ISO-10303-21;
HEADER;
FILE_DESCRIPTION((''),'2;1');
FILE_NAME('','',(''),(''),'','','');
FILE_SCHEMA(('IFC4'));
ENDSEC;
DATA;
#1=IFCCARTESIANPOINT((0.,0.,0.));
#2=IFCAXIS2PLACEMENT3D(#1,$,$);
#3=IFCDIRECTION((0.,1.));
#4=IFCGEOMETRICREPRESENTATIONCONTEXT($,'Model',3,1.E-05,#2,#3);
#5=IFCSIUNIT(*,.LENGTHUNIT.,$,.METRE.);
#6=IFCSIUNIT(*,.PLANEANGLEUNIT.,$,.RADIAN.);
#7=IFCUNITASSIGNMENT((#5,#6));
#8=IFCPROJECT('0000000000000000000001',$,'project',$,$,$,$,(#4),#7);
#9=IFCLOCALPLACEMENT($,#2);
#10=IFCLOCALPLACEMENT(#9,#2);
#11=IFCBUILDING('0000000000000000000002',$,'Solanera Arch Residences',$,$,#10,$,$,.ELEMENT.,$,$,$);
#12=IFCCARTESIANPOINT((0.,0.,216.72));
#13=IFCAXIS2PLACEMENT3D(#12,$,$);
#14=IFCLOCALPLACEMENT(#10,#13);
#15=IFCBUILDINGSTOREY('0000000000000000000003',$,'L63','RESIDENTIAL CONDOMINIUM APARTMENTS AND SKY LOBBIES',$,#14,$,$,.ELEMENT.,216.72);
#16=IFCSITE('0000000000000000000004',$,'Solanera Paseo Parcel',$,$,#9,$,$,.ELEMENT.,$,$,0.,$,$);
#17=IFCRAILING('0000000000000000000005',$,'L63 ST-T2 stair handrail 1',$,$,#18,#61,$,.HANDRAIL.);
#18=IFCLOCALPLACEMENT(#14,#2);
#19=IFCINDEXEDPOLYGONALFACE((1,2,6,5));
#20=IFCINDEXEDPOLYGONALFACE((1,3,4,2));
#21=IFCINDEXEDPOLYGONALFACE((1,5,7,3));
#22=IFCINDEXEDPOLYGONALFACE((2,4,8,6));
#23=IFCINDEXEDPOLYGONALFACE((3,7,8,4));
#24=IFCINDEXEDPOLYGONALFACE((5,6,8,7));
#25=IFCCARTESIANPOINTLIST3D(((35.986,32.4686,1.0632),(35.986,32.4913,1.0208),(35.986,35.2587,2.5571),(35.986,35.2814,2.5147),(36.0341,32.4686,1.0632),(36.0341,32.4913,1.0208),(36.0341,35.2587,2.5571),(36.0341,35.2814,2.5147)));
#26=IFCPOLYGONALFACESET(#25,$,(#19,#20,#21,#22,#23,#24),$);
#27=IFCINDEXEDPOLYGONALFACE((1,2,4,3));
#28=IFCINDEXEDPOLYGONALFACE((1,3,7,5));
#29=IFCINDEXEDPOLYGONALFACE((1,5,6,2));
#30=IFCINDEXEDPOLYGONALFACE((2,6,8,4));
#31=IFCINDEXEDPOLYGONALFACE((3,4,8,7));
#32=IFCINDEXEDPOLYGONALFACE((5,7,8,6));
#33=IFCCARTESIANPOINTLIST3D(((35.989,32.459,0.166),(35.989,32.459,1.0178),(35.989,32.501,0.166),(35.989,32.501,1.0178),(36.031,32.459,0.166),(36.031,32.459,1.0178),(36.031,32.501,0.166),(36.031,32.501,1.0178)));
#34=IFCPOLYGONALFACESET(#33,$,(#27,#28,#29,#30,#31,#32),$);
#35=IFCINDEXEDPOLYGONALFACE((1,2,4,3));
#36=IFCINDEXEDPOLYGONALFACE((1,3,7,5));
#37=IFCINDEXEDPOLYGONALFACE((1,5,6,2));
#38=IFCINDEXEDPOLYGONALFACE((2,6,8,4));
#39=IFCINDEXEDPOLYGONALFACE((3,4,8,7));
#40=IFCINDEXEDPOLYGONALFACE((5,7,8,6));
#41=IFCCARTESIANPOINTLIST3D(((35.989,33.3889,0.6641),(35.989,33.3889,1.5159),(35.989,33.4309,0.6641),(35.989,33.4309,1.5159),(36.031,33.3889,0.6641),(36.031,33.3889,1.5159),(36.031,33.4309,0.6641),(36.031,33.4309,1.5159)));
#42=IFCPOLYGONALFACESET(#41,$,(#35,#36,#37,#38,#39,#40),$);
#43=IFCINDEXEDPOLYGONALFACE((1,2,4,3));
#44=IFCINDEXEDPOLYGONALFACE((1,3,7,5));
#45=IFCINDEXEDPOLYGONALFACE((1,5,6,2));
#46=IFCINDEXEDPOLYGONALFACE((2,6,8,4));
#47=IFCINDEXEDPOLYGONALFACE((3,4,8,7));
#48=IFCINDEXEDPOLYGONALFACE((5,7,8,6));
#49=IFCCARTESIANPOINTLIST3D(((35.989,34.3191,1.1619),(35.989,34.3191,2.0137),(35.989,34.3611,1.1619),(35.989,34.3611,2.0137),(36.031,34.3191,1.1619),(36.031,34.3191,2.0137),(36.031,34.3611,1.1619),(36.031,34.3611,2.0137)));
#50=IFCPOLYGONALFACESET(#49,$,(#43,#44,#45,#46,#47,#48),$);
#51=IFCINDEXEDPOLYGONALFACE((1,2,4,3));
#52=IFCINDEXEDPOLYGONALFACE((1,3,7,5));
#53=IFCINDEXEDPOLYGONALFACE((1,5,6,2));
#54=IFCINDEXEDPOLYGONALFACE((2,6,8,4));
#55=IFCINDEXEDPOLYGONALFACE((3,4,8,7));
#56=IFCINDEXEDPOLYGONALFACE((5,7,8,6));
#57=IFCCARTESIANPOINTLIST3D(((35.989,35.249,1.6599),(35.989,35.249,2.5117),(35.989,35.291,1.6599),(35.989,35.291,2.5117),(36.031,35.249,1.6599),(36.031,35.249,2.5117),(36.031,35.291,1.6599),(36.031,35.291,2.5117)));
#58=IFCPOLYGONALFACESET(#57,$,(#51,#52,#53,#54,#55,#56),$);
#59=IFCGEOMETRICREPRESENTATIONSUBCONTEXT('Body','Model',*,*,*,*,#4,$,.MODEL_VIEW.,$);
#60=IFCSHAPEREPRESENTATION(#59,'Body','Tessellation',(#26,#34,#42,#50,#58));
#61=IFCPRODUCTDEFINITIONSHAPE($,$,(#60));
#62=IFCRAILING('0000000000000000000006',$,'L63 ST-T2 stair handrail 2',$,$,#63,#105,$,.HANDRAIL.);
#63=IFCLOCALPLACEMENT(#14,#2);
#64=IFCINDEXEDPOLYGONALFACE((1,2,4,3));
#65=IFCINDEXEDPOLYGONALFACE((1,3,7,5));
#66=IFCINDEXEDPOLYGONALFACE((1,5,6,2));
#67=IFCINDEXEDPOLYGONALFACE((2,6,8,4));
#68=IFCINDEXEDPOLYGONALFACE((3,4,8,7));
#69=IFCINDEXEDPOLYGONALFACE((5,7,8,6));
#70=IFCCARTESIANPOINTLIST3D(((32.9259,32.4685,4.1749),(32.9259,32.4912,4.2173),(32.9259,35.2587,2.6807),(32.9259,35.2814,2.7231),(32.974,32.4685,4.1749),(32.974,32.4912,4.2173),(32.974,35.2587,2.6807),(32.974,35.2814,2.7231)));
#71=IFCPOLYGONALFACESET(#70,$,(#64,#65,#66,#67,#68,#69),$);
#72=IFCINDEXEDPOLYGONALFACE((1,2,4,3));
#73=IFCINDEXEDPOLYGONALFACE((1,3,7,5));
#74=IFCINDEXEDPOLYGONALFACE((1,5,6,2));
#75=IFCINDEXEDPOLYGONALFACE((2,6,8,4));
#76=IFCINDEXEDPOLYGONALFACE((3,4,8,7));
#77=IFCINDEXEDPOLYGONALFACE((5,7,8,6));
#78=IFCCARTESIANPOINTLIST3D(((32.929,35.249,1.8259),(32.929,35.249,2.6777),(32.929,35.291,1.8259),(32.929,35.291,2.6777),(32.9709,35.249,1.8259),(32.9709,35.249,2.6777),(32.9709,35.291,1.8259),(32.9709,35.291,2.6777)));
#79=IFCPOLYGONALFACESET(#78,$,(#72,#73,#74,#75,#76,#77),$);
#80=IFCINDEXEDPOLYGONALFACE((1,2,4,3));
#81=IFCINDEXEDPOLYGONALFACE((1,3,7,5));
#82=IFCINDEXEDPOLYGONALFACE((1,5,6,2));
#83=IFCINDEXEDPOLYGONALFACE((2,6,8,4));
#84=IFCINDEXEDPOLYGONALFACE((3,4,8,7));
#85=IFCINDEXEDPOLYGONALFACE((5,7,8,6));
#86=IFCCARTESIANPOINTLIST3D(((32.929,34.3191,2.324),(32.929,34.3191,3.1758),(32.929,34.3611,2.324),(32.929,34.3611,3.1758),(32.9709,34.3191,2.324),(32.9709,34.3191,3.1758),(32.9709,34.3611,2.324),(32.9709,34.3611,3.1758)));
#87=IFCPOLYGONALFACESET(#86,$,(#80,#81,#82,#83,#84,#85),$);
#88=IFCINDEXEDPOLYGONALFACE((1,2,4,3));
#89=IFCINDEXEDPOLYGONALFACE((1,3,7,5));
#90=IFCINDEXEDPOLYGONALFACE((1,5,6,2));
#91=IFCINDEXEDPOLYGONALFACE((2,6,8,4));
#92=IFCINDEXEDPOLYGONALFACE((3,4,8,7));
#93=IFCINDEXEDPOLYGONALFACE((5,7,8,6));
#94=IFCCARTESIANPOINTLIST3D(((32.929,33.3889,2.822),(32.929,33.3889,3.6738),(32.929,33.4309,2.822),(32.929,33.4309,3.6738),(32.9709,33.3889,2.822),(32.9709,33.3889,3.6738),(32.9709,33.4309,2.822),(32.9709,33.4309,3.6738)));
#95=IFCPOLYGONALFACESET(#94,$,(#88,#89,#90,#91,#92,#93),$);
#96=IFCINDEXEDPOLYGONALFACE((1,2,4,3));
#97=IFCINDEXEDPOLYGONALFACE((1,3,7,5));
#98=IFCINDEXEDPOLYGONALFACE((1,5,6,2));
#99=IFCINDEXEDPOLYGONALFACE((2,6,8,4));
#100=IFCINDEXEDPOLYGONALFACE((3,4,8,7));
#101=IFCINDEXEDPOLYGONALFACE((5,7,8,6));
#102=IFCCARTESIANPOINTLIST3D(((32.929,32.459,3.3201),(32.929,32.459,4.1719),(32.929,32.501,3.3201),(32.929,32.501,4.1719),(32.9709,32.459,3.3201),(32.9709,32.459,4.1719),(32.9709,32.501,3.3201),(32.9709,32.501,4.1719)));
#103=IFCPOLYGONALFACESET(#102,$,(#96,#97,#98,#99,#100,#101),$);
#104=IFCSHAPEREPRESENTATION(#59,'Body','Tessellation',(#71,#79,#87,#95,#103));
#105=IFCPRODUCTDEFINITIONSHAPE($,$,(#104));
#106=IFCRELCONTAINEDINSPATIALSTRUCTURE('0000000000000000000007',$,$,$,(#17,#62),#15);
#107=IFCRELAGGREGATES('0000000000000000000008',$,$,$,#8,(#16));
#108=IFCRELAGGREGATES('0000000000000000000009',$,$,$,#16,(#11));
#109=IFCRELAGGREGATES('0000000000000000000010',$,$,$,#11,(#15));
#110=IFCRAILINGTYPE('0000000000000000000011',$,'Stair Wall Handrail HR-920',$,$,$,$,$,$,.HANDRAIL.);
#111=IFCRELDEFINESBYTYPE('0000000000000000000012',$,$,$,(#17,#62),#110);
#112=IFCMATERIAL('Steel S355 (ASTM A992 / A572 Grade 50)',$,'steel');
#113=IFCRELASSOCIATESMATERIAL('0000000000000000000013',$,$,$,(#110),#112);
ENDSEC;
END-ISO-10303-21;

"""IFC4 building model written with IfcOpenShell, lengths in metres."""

from ifc_helpers import new_model, si_unit, direction, frame, origin, origin_2d, place, context, subcontext, project, spatial, rectangle, extrude, material, type_object, element, save


model = new_model("IFC4")

# Units and contexts
model_context = context("Model", 3, precision=1e-05, world=origin(), true_north=direction((0.0, 1.0)))
body_context = subcontext(model_context, "Body", "Model", "MODEL_VIEW")
ifc_project = project(units=[si_unit("LENGTHUNIT", "METRE"), si_unit("PLANEANGLEUNIT", "RADIAN")], contexts=[model_context])

# Site, building, storey
site_placement = place(None, origin())
site = spatial("IfcSite", under=ifc_project, at=site_placement, Name="Solanera Paseo Parcel", CompositionType="ELEMENT", RefElevation=0.0)
building_placement = place(site_placement, origin())
building = spatial("IfcBuilding", under=site, at=building_placement, Name="Solanera Arch Residences", CompositionType="ELEMENT")
storey_placement = place(building_placement, frame((0.0, 0.0, 216.72)))
storey = spatial("IfcBuildingStorey", under=building, at=storey_placement, Name="L63", Description="RESIDENTIAL CONDOMINIUM APARTMENTS AND SKY LOBBIES", CompositionType="ELEMENT", Elevation=216.72)

# Railings
ifc_material_1 = material(Name="Steel S355 (ASTM A992 / A572 Grade 50)", Category="steel")
railing_type_1 = type_object("IfcRailingType", Name="Stair Wall Handrail HR-920", PredefinedType="HANDRAIL", material=ifc_material_1)
railing_1_placement = place(storey_placement, frame((36.01, 32.48, 0.166)))
element("IfcRailing", 1, at=railing_1_placement, inside=storey, type_object=railing_type_1, Name="L63 ST-T2 stair handrail 1", PredefinedType="HANDRAIL", context=body_context, shape_type="SweptSolid", body=[
    extrude(rectangle(XDim=0.0481, YDim=0.0481, at=origin_2d()), frame((0.0, 0.0, 0.876), z_axis=(0.0, 0.881581, 0.472033), x_axis=(-1.0, 0.0, 0.0)), (0.0, 0.0, 1.0), 3.1648),
    extrude(rectangle(XDim=0.042, YDim=0.042, at=origin_2d()), origin(), (0.0, 0.0, 1.0), 0.8518),
    extrude(rectangle(XDim=0.042, YDim=0.042, at=origin_2d()), frame((0.0, 0.9299, 0.498)), (0.0, 0.0, 1.0), 0.8518),
    extrude(rectangle(XDim=0.042, YDim=0.042, at=origin_2d()), frame((0.0, 1.8601, 0.9958)), (0.0, 0.0, 1.0), 0.8518),
    extrude(rectangle(XDim=0.042, YDim=0.042, at=origin_2d()), frame((0.0, 2.79, 1.4939)), (0.0, 0.0, 1.0), 0.8518),
])
railing_2_placement = place(storey_placement, frame((32.95, 35.27, 1.8259)))
element("IfcRailing", 2, at=railing_2_placement, inside=storey, type_object=railing_type_1, Name="L63 ST-T2 stair handrail 2", PredefinedType="HANDRAIL", context=body_context, shape_type="SweptSolid", body=[
    extrude(rectangle(XDim=0.0481, YDim=0.0481, at=origin_2d()), frame((0.0, 0.0, 0.876), z_axis=(0.0, -0.881549, 0.472093), x_axis=(1.0, 0.0, 0.0)), (0.0, 0.0, 1.0), 3.165),
    extrude(rectangle(XDim=0.042, YDim=0.042, at=origin_2d()), origin(), (0.0, 0.0, 1.0), 0.8518),
    extrude(rectangle(XDim=0.042, YDim=0.042, at=origin_2d()), frame((0.0, -0.9299, 0.498)), (0.0, 0.0, 1.0), 0.8518),
    extrude(rectangle(XDim=0.042, YDim=0.042, at=origin_2d()), frame((0.0, -1.8601, 0.9961)), (0.0, 0.0, 1.0), 0.8518),
    extrude(rectangle(XDim=0.042, YDim=0.042, at=origin_2d()), frame((0.0, -2.79, 1.4941)), (0.0, 0.0, 1.0), 0.8518),
])

save(model, "model.ifc")
